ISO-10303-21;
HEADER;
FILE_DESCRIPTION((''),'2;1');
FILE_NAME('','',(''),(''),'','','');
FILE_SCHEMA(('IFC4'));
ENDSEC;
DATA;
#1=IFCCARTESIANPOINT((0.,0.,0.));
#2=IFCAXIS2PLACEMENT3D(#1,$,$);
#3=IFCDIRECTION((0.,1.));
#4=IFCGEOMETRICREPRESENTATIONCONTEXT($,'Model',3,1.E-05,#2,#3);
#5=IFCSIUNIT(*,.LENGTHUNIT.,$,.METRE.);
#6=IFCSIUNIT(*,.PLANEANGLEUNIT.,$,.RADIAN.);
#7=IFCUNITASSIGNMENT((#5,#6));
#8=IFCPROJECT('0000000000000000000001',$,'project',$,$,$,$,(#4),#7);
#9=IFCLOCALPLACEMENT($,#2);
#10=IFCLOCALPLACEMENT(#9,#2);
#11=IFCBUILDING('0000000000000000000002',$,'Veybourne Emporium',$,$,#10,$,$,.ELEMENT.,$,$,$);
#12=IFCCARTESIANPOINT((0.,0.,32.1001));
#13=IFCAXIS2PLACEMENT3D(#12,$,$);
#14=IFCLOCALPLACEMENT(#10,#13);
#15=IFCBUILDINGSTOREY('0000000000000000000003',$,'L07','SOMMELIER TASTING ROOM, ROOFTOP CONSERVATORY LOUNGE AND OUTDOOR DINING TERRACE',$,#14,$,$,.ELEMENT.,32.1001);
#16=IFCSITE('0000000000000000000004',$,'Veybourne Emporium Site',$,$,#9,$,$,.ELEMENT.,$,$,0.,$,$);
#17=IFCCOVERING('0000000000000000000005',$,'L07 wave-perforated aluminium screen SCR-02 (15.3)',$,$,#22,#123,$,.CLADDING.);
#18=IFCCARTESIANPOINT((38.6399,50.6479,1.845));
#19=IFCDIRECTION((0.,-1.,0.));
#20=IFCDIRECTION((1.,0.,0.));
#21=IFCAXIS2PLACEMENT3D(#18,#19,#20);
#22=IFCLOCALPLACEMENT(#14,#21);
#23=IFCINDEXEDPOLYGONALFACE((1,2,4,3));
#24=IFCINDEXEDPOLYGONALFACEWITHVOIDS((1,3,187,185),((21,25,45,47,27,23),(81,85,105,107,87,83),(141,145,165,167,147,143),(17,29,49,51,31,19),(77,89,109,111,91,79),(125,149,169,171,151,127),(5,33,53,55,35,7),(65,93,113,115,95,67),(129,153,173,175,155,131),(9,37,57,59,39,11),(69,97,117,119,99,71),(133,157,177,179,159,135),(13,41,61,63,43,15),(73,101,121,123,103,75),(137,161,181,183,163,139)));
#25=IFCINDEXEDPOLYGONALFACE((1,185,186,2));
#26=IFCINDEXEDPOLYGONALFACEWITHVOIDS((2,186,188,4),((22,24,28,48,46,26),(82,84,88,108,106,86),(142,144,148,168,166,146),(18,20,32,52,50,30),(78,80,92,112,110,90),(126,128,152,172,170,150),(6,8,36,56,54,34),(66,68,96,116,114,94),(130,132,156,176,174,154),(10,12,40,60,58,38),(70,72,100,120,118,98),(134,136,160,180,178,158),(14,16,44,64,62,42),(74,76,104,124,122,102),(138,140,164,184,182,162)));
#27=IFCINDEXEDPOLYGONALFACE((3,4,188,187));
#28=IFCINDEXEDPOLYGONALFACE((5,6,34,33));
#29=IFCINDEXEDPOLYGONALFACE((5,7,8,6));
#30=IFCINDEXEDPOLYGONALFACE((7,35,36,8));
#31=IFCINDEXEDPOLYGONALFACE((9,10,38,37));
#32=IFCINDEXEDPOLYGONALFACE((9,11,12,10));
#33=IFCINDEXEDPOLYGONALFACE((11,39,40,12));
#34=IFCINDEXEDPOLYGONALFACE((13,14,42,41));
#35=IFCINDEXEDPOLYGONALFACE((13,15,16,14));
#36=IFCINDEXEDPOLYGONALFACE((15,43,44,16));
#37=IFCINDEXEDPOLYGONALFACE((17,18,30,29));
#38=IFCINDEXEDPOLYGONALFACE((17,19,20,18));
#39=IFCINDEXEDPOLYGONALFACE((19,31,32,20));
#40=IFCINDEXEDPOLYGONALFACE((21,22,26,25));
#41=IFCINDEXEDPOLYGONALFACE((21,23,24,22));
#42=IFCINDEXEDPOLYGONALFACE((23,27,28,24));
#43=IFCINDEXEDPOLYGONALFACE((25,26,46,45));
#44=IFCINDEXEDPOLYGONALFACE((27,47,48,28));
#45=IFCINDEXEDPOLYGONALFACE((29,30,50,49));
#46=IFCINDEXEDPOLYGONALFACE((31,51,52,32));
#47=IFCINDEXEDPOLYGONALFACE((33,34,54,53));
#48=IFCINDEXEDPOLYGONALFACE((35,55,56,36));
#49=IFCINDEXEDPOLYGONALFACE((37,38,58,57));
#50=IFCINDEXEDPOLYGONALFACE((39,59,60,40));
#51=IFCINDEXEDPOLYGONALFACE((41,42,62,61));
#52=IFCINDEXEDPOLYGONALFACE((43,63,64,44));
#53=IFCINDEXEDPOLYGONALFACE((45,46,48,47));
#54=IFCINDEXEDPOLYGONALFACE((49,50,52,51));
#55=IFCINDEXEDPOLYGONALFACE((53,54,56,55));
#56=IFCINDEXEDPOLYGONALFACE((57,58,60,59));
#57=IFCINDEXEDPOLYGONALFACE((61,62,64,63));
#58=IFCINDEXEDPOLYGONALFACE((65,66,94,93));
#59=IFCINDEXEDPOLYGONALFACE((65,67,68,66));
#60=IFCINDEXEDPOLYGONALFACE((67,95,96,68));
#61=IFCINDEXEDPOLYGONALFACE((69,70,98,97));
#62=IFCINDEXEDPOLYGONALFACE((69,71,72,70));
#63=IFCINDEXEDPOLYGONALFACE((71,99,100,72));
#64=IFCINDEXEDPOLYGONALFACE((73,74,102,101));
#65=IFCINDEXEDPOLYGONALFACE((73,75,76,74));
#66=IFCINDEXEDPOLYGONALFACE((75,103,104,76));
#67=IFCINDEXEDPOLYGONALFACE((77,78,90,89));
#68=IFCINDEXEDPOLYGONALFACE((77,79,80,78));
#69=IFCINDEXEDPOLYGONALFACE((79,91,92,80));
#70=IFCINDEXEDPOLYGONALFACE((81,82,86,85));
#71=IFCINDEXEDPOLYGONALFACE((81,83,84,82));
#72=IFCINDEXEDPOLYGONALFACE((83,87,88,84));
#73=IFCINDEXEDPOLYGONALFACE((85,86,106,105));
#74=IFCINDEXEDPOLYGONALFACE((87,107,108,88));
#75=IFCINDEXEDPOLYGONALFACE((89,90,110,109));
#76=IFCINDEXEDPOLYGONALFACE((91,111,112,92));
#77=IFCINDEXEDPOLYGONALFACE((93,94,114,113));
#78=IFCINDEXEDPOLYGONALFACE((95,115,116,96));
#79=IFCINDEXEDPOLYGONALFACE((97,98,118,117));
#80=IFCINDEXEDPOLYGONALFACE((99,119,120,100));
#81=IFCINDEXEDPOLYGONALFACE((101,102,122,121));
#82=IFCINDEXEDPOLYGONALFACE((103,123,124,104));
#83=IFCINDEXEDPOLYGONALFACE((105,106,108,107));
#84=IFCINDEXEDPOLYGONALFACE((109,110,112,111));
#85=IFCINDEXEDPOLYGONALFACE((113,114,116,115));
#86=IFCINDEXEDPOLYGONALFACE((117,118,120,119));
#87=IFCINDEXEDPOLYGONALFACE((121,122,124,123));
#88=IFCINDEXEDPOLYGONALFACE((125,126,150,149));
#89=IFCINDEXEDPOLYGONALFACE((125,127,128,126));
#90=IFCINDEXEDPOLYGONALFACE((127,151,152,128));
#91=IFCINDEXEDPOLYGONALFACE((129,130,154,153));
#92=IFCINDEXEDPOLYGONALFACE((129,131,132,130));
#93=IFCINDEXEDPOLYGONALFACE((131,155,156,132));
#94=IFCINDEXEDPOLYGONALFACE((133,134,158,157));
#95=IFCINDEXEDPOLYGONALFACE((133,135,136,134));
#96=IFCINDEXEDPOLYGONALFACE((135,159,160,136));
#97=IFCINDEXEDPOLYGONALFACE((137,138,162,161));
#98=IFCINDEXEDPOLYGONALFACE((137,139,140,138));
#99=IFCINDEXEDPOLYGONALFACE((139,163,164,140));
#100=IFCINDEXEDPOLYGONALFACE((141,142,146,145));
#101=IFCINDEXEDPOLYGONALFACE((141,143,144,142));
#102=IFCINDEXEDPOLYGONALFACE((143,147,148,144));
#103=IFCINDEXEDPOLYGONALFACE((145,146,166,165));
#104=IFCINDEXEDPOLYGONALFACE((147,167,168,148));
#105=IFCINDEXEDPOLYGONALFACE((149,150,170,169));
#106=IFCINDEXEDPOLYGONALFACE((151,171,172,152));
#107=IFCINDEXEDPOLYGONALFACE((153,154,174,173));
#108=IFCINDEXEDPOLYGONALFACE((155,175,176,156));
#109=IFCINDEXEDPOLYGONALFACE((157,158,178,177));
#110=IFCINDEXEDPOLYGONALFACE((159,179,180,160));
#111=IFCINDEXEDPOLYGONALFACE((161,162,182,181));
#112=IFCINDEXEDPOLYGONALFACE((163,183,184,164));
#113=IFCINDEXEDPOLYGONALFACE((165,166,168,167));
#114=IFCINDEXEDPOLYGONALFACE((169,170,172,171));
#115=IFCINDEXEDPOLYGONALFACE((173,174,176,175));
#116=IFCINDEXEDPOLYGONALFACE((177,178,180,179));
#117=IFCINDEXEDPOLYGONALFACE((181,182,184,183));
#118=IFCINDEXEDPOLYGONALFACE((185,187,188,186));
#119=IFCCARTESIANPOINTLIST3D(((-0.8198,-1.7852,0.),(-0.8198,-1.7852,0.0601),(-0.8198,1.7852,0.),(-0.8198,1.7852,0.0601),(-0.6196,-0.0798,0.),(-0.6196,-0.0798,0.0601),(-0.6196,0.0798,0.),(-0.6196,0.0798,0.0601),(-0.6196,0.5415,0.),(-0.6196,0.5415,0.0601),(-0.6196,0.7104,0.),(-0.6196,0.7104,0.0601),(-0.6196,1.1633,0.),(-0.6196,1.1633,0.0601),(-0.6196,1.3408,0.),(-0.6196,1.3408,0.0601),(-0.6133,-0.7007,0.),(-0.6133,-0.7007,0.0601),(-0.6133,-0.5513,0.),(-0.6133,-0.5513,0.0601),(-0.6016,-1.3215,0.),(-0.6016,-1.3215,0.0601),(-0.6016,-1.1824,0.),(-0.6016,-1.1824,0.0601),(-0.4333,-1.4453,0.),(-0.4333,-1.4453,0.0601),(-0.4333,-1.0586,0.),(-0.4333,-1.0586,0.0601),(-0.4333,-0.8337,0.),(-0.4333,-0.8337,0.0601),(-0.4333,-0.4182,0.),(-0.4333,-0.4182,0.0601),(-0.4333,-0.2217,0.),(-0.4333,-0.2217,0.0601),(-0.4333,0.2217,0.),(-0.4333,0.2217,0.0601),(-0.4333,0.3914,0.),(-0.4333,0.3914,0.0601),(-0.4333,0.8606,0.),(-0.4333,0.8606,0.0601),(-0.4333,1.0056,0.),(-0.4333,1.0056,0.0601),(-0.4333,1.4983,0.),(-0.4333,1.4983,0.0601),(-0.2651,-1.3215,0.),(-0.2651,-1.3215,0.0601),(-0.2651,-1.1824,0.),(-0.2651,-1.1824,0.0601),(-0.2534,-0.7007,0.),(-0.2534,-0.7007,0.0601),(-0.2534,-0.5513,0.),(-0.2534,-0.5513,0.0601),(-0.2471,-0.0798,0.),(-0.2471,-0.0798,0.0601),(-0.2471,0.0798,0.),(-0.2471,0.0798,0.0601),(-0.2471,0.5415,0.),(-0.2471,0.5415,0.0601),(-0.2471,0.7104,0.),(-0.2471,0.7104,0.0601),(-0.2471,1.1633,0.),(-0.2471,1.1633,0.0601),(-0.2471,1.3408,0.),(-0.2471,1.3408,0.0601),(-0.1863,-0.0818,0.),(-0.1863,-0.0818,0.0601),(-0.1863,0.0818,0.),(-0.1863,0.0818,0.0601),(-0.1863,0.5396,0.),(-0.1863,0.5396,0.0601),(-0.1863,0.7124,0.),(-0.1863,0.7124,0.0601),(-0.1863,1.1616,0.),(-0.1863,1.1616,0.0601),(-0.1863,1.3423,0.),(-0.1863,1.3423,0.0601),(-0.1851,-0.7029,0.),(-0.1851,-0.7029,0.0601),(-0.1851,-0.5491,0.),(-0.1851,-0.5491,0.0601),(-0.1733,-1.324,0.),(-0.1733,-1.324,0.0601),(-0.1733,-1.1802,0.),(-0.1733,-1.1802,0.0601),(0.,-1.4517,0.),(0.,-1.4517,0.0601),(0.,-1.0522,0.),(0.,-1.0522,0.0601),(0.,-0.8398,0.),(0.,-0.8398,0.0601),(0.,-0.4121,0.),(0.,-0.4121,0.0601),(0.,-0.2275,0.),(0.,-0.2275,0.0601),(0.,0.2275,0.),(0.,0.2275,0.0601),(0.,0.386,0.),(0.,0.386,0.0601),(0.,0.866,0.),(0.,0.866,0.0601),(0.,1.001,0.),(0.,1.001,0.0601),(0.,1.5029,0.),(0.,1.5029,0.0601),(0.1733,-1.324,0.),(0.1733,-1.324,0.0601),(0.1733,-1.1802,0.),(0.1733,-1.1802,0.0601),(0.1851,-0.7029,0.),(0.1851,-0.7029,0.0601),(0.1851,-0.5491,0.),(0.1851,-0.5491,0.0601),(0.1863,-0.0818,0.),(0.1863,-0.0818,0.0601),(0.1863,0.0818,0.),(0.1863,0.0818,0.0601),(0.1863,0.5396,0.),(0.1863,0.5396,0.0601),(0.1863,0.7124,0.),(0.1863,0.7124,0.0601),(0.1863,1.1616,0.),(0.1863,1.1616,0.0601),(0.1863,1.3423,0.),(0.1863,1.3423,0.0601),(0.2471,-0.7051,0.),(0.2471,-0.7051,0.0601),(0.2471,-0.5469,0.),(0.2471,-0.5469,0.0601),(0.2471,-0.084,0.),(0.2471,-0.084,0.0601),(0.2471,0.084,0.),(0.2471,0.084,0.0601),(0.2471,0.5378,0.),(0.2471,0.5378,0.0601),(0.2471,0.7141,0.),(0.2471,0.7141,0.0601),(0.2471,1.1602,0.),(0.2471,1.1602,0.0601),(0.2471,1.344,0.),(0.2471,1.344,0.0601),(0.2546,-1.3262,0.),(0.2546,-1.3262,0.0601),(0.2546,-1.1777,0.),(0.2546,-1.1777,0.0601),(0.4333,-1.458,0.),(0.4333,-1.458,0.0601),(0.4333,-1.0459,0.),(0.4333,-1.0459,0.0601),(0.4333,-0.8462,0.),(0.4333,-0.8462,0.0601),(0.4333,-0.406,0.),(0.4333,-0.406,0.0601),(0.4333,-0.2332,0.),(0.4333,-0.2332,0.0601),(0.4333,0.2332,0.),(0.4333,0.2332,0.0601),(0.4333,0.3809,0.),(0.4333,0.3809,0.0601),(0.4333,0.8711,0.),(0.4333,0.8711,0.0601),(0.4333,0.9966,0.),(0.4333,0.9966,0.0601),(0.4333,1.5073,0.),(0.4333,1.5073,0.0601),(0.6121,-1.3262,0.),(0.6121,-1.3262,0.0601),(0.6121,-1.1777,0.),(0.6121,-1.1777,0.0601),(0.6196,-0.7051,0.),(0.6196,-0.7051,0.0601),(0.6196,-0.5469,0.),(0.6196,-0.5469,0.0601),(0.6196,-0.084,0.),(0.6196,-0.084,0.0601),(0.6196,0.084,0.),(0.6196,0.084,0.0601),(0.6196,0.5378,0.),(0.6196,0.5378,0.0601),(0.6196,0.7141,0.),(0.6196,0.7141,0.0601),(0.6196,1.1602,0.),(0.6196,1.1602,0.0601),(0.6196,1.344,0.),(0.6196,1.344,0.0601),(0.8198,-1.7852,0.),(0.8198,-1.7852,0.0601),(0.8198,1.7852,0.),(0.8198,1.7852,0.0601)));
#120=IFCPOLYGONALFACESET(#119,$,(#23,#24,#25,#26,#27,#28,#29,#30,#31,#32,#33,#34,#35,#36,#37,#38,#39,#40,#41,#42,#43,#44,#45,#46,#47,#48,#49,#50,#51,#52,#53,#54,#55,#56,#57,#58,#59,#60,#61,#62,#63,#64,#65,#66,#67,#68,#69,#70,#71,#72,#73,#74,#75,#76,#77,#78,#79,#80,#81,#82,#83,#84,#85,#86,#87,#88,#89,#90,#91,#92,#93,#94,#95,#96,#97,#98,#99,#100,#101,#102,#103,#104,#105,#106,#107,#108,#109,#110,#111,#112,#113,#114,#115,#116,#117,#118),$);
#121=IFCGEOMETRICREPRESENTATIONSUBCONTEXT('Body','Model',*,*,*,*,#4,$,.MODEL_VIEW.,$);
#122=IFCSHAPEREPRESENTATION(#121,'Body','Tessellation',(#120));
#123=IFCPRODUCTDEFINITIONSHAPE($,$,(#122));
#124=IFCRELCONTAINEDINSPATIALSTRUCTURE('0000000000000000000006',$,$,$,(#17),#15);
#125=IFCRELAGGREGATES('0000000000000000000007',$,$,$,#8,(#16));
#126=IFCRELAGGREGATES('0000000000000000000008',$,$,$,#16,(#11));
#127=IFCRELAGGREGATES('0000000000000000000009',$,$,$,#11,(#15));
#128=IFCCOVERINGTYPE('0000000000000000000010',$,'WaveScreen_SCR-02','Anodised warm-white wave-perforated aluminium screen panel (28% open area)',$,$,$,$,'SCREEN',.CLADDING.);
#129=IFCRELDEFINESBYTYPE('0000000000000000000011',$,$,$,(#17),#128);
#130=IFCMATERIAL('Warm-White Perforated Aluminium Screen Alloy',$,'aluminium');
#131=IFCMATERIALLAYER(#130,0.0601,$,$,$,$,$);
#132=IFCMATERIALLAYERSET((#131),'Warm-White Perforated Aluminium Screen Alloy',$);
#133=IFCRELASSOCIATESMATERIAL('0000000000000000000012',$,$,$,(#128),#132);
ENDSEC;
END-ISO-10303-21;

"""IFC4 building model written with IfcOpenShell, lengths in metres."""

from ifc_helpers import new_model, si_unit, direction, frame, origin, place, context, subcontext, project, spatial, polyline, outline, extrude, material, layer, layer_set, type_object, element, save


model = new_model("IFC4")

# Units and contexts
model_context = context("Model", 3, precision=1e-05, world=origin(), true_north=direction((0.0, 1.0)))
body_context = subcontext(model_context, "Body", "Model", "MODEL_VIEW")
ifc_project = project(units=[si_unit("LENGTHUNIT", "METRE"), si_unit("PLANEANGLEUNIT", "RADIAN")], contexts=[model_context])

# Site, building, storey
site_placement = place(None, origin())
site = spatial("IfcSite", under=ifc_project, at=site_placement, Name="Veybourne Emporium Site", CompositionType="ELEMENT", RefElevation=0.0)
building_placement = place(site_placement, origin())
building = spatial("IfcBuilding", under=site, at=building_placement, Name="Veybourne Emporium", CompositionType="ELEMENT")
storey_placement = place(building_placement, frame((0.0, 0.0, 32.1001)))
storey = spatial("IfcBuildingStorey", under=building, at=storey_placement, Name="L07", Description="SOMMELIER TASTING ROOM, ROOFTOP CONSERVATORY LOUNGE AND OUTDOOR DINING TERRACE", CompositionType="ELEMENT", Elevation=32.1001)

# Covering
ifc_material_1 = material(Name="Warm-White Perforated Aluminium Screen Alloy", Category="aluminium")
ifc_layer_1 = layer(ifc_material_1, 0.0601)
ifc_layer_set_1 = layer_set([ifc_layer_1], Name="Warm-White Perforated Aluminium Screen Alloy")
covering_type_1 = type_object("IfcCoveringType", Name="WaveScreen_SCR-02", Description="Anodised warm-white wave-perforated aluminium screen panel (28% open area)", ElementType="SCREEN", PredefinedType="CLADDING", material=ifc_layer_set_1)
covering_1_placement = place(storey_placement, frame((38.6399, 50.6479, 1.845), z_axis=(0.0, -1.0, 0.0), x_axis=(1.0, 0.0, 0.0)))
element("IfcCovering", 1, at=covering_1_placement, inside=storey, type_object=covering_type_1, Name="L07 wave-perforated aluminium screen SCR-02 (15.3)", PredefinedType="CLADDING", context=body_context, shape_type="SweptSolid", body=[
    extrude(outline(polyline([(-0.8198, -1.7852), (0.8198, -1.7852), (0.8198, 1.7852), (-0.8198, 1.7852), (-0.8198, -1.7852)]), holes=[polyline([(-0.4333, -1.0586), (-0.2651, -1.1824), (-0.2651, -1.3215), (-0.4333, -1.4453), (-0.6016, -1.3215), (-0.6016, -1.1824), (-0.4333, -1.0586)]), polyline([(-0.4333, -0.4182), (-0.2534, -0.5513), (-0.2534, -0.7007), (-0.4333, -0.8337), (-0.6133, -0.7007), (-0.6133, -0.5513), (-0.4333, -0.4182)]), polyline([(-0.4333, 0.2217), (-0.2471, 0.0798), (-0.2471, -0.0798), (-0.4333, -0.2217), (-0.6196, -0.0798), (-0.6196, 0.0798), (-0.4333, 0.2217)]), polyline([(-0.4333, 0.8606), (-0.2471, 0.7104), (-0.2471, 0.5415), (-0.4333, 0.3914), (-0.6196, 0.5415), (-0.6196, 0.7104), (-0.4333, 0.8606)]), polyline([(-0.4333, 1.4983), (-0.2471, 1.3408), (-0.2471, 1.1633), (-0.4333, 1.0056), (-0.6196, 1.1633), (-0.6196, 1.3408), (-0.4333, 1.4983)]), polyline([(0.0, -1.0522), (0.1733, -1.1802), (0.1733, -1.324), (0.0, -1.4517), (-0.1733, -1.324), (-0.1733, -1.1802), (0.0, -1.0522)]), polyline([(0.0, -0.4121), (0.1851, -0.5491), (0.1851, -0.7029), (0.0, -0.8398), (-0.1851, -0.7029), (-0.1851, -0.5491), (0.0, -0.4121)]), polyline([(0.0, 0.2275), (0.1863, 0.0818), (0.1863, -0.0818), (0.0, -0.2275), (-0.1863, -0.0818), (-0.1863, 0.0818), (0.0, 0.2275)]), polyline([(0.0, 0.866), (0.1863, 0.7124), (0.1863, 0.5396), (0.0, 0.386), (-0.1863, 0.5396), (-0.1863, 0.7124), (0.0, 0.866)]), polyline([(0.0, 1.5029), (0.1863, 1.3423), (0.1863, 1.1616), (0.0, 1.001), (-0.1863, 1.1616), (-0.1863, 1.3423), (0.0, 1.5029)]), polyline([(0.4333, -1.0459), (0.6121, -1.1777), (0.6121, -1.3262), (0.4333, -1.458), (0.2546, -1.3262), (0.2546, -1.1777), (0.4333, -1.0459)]), polyline([(0.4333, -0.406), (0.6196, -0.5469), (0.6196, -0.7051), (0.4333, -0.8462), (0.2471, -0.7051), (0.2471, -0.5469), (0.4333, -0.406)]), polyline([(0.4333, 0.2332), (0.6196, 0.084), (0.6196, -0.084), (0.4333, -0.2332), (0.2471, -0.084), (0.2471, 0.084), (0.4333, 0.2332)]), polyline([(0.4333, 0.8711), (0.6196, 0.7141), (0.6196, 0.5378), (0.4333, 0.3809), (0.2471, 0.5378), (0.2471, 0.7141), (0.4333, 0.8711)]), polyline([(0.4333, 1.5073), (0.6196, 1.344), (0.6196, 1.1602), (0.4333, 0.9966), (0.2471, 1.1602), (0.2471, 1.344), (0.4333, 1.5073)])]), origin(), (0.0, 0.0, 1.0), 0.0601),
])

save(model, "model.ifc")
